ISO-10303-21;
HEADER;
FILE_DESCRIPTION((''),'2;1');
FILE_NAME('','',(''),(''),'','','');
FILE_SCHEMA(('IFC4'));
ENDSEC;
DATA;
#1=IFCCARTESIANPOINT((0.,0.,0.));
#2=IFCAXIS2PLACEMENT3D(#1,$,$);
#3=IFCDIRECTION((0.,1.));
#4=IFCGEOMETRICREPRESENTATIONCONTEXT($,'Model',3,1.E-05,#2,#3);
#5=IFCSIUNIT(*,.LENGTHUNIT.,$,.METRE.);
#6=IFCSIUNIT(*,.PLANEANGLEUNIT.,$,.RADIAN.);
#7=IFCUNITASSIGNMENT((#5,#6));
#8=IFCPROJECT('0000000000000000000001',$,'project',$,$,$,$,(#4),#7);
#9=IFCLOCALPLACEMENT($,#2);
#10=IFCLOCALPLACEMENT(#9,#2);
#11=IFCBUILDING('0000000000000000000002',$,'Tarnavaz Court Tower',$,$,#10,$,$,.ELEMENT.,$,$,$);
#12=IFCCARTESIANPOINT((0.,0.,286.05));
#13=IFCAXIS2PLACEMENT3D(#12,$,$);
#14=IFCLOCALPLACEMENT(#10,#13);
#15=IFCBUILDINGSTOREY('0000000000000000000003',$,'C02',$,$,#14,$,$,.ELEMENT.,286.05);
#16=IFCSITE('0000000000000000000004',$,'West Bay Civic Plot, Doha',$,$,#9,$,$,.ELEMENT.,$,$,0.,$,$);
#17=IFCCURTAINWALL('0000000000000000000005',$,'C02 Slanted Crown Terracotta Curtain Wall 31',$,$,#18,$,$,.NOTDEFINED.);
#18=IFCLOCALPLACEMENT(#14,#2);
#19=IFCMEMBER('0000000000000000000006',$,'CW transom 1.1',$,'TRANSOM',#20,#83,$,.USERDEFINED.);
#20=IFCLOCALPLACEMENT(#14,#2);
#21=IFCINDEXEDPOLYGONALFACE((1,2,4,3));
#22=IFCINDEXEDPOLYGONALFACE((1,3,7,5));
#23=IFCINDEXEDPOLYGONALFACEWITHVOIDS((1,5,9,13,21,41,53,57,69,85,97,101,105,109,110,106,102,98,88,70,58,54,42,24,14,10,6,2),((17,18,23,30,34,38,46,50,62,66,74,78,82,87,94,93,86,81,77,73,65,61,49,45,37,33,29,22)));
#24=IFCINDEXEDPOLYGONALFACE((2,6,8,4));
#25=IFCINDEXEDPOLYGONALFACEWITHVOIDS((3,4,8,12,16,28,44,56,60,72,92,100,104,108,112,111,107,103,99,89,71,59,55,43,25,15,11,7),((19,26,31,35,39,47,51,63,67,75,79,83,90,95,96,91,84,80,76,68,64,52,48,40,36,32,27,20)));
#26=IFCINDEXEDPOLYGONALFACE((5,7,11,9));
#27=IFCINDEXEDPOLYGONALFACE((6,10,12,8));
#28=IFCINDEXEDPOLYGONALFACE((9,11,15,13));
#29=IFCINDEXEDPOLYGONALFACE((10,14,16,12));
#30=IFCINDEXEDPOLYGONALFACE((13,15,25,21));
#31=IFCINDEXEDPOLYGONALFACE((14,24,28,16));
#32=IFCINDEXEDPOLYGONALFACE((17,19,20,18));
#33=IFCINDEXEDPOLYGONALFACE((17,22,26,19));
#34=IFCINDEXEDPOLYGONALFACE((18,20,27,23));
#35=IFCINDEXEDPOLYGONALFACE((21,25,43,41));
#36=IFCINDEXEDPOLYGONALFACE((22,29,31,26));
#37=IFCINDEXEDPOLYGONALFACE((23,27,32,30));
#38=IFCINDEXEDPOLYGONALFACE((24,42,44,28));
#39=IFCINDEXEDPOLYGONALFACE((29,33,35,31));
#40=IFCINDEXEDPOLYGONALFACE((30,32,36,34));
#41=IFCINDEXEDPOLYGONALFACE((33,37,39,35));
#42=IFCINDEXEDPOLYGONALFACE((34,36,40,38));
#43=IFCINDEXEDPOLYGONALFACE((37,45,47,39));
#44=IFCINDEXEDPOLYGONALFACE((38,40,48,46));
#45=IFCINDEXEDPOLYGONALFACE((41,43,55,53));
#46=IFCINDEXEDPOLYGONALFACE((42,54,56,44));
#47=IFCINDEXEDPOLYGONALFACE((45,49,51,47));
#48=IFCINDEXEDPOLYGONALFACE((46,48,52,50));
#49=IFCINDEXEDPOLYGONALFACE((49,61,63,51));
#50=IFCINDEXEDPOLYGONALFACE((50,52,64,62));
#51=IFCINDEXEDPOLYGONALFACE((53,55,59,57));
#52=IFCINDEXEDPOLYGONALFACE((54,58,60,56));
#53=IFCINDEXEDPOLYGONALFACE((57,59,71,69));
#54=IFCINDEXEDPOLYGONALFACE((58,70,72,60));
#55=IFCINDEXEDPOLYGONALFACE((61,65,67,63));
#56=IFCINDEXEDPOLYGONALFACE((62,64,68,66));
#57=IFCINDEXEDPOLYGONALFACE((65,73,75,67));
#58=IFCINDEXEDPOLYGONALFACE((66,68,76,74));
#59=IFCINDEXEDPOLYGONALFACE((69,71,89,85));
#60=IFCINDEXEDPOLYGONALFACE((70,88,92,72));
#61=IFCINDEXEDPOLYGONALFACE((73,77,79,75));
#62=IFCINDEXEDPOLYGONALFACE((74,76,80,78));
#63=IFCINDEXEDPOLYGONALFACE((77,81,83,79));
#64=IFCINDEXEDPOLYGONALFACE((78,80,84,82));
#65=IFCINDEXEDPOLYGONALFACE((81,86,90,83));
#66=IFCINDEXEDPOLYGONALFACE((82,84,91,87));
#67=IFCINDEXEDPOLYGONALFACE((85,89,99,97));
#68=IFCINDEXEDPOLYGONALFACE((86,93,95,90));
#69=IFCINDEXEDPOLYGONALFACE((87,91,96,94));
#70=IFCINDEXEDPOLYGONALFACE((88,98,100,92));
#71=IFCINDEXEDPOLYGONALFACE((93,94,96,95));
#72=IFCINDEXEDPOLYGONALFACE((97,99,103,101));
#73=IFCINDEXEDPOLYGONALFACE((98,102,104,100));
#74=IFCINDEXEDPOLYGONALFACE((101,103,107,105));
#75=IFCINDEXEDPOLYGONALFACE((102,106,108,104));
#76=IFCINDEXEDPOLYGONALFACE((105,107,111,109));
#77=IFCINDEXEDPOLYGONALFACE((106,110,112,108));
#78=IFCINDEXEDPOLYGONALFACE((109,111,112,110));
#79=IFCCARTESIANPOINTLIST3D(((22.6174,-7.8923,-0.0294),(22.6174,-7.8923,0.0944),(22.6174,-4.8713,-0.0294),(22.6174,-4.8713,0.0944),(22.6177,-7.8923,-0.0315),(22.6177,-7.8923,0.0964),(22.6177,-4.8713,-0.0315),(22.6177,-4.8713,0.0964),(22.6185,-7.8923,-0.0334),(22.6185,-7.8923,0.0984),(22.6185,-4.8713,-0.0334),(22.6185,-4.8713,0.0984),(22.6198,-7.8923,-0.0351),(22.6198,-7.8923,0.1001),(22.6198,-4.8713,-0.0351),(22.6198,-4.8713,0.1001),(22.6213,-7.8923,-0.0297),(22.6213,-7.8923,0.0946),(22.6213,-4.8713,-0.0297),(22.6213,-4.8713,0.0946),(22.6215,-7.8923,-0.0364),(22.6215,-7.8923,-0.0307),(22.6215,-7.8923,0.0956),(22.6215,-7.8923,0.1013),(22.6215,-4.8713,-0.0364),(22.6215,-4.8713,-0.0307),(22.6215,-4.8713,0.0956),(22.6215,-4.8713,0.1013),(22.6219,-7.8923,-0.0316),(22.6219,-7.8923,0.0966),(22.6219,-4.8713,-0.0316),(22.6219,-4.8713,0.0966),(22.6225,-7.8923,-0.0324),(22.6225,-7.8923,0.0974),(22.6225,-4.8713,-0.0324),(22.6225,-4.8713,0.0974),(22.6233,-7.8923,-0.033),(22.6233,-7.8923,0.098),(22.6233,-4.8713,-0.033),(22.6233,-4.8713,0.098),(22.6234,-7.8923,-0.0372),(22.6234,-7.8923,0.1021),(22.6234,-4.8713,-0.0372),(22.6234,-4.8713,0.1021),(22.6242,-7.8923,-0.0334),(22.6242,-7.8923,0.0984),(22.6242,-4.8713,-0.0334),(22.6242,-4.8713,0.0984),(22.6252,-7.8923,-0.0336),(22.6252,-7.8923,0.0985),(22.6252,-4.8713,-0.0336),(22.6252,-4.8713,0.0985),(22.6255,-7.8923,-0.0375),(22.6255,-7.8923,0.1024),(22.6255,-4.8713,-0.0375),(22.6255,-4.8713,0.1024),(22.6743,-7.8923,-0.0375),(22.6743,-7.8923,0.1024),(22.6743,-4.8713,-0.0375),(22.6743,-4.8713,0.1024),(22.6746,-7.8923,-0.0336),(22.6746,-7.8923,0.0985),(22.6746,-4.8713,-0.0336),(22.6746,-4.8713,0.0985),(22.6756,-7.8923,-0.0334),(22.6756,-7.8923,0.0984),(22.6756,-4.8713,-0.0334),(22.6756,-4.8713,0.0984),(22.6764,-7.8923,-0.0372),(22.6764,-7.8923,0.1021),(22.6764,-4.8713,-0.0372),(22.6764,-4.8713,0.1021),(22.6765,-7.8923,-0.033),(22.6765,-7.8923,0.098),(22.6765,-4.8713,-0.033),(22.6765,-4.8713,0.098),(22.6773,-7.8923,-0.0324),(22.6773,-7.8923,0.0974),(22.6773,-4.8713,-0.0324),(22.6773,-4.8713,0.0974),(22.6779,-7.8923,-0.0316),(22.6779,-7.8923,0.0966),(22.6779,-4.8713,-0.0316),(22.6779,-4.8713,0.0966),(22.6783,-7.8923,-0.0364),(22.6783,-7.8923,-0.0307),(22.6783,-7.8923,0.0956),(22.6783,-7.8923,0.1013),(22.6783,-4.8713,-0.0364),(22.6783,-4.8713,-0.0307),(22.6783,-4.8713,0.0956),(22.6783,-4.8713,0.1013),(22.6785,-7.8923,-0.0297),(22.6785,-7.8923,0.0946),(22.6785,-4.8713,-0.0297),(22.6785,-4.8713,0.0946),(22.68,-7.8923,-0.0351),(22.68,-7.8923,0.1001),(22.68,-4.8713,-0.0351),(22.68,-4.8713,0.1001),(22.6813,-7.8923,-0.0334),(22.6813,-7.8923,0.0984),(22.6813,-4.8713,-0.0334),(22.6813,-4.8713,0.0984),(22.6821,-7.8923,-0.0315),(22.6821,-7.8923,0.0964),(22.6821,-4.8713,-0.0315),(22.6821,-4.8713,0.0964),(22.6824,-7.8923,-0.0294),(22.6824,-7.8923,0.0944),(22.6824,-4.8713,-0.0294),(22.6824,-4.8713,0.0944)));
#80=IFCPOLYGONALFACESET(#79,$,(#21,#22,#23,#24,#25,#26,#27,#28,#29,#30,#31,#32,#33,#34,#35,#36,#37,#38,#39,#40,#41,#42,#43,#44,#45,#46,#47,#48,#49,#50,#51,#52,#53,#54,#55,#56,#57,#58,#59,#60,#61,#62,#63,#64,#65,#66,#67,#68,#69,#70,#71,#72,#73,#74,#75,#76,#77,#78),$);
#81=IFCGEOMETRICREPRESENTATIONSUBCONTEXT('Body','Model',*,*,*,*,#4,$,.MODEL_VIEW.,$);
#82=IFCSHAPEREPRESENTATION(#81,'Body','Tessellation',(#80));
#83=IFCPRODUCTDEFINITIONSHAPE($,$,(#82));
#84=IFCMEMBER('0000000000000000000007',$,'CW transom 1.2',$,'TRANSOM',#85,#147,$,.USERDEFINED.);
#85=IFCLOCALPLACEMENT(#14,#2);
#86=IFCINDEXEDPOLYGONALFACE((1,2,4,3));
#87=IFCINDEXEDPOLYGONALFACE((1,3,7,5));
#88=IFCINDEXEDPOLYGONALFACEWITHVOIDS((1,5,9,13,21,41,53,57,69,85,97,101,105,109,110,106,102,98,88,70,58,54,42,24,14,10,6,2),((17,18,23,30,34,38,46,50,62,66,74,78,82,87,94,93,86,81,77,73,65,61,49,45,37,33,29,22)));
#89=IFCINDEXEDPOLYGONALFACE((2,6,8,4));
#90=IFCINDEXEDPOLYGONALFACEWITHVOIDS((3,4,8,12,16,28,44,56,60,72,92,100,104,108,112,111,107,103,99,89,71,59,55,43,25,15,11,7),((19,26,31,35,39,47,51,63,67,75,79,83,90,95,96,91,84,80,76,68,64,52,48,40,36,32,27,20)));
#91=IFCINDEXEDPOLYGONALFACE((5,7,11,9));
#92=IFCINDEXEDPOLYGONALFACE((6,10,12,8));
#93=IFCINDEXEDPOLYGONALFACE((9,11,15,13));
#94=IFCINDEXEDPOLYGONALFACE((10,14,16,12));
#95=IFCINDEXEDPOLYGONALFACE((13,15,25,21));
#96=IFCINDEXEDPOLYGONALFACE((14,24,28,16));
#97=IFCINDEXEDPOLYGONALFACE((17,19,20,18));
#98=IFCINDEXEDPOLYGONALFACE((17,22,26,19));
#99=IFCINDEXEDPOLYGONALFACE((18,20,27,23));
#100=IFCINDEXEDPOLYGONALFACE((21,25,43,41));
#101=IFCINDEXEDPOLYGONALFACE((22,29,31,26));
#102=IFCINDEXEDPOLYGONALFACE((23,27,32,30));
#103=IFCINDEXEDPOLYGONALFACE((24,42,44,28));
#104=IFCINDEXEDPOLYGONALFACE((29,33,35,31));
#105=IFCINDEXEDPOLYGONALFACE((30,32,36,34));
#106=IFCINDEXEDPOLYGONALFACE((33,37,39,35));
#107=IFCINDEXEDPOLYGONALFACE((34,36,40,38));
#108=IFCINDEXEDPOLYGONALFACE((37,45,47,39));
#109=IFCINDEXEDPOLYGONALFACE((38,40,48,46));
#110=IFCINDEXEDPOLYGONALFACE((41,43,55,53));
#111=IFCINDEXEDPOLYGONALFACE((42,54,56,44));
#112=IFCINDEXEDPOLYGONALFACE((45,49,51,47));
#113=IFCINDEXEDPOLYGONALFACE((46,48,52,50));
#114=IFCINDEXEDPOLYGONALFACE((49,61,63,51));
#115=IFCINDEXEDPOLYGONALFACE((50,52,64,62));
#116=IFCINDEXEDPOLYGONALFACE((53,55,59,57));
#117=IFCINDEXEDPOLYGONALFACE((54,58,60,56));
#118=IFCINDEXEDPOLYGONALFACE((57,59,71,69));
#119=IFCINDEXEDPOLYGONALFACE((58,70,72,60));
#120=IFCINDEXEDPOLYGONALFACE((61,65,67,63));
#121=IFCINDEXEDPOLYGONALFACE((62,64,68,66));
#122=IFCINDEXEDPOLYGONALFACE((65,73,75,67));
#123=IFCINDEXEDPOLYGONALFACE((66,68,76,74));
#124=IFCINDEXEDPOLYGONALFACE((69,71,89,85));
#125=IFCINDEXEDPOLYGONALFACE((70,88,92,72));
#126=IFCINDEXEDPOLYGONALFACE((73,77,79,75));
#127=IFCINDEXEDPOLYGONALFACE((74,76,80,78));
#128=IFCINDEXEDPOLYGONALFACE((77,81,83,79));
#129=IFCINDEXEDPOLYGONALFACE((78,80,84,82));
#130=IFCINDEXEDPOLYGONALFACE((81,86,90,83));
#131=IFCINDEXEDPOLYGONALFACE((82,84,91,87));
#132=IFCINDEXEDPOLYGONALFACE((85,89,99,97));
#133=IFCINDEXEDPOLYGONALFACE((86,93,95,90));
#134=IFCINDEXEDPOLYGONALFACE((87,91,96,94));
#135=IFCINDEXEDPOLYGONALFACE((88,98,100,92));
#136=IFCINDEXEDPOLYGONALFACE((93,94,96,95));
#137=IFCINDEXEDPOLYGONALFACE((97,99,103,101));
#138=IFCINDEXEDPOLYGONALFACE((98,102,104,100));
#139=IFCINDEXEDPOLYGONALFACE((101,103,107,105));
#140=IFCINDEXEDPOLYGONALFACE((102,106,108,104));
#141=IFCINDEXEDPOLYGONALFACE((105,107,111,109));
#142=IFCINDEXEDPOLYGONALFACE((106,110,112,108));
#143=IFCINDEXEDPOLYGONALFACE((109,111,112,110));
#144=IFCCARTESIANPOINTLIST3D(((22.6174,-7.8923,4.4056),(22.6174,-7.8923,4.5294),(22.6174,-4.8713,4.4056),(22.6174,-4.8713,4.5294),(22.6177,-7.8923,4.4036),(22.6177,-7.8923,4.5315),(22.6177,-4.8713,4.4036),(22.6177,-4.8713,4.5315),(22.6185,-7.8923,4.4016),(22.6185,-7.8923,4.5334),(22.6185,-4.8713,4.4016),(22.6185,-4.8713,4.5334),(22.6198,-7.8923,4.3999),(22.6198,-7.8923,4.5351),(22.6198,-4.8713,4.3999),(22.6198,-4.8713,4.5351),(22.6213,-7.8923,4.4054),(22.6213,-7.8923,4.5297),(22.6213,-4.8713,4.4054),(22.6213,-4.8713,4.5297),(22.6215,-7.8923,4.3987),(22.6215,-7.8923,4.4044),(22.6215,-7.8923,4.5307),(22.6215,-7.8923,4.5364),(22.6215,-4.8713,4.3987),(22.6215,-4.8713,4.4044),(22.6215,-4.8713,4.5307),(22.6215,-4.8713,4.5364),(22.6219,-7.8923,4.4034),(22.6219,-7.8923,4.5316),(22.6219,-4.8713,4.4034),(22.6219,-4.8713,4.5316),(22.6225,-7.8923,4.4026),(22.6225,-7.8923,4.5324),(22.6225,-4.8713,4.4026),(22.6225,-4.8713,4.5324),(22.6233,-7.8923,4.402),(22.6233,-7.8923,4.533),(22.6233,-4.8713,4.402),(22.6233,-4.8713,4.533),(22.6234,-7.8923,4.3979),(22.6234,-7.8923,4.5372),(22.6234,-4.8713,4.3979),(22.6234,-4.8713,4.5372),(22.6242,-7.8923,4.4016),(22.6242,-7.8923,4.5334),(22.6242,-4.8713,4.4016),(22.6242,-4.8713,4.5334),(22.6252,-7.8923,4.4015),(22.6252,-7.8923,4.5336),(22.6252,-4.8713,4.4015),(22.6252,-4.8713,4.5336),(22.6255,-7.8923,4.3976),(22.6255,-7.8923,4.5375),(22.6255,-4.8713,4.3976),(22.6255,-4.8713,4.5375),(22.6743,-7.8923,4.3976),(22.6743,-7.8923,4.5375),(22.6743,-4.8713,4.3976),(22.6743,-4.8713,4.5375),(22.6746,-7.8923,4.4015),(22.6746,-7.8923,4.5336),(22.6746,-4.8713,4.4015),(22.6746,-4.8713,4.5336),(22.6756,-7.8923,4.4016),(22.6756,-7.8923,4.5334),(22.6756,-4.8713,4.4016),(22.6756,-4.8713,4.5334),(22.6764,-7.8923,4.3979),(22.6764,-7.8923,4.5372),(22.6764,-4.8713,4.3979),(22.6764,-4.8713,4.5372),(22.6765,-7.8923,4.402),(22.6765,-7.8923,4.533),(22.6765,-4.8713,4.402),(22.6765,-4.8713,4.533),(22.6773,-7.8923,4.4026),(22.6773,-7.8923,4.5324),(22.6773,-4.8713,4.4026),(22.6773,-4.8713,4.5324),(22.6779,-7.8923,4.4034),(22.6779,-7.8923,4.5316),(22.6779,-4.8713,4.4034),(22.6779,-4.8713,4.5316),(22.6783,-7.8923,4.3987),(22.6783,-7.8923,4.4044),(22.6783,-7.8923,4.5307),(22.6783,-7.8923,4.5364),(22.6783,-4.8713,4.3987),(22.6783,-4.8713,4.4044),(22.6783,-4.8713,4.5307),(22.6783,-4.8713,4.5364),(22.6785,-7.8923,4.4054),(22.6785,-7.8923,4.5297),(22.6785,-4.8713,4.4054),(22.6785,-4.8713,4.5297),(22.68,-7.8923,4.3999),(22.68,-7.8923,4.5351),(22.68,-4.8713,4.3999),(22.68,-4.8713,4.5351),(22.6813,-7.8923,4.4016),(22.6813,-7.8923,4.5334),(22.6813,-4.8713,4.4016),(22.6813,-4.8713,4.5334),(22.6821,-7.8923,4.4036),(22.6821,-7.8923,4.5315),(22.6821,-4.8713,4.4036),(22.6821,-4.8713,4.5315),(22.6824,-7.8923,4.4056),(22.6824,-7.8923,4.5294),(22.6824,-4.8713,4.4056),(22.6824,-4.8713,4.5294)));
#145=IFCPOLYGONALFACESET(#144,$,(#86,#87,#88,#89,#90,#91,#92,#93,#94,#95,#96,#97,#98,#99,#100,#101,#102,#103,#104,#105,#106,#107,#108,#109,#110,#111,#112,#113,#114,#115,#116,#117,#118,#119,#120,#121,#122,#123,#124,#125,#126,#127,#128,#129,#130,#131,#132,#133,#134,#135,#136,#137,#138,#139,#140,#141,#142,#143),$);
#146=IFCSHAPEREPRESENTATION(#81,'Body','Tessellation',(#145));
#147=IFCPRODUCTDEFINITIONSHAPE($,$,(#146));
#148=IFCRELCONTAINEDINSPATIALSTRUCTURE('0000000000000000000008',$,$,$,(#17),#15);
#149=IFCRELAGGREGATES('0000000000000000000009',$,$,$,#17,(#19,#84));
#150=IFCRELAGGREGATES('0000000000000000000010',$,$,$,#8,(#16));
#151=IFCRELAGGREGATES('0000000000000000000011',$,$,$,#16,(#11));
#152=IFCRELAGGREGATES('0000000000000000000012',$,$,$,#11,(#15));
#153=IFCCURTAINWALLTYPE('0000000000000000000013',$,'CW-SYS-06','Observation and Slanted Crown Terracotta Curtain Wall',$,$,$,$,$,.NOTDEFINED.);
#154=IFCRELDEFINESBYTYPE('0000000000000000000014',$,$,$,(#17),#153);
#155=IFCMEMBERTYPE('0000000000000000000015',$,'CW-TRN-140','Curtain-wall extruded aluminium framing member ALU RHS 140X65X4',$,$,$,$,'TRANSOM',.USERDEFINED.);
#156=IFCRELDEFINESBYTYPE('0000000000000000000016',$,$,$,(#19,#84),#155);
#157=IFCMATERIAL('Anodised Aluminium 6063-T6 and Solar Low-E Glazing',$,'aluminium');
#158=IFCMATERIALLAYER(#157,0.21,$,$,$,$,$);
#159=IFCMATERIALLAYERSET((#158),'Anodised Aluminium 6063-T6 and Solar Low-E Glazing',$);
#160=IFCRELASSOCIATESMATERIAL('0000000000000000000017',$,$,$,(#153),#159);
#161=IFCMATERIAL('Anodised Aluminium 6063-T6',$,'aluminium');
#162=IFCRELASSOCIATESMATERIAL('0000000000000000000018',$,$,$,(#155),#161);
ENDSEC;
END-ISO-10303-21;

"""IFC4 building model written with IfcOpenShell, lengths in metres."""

from ifc_helpers import new_model, si_unit, direction, frame, origin, origin_2d, place, context, subcontext, project, spatial, hollow_rectangle, extrude, material, layer, layer_set, material_profile, profile_set, type_object, element, aggregate, save


model = new_model("IFC4")

# Units and contexts
model_context = context("Model", 3, precision=1e-05, world=origin(), true_north=direction((0.0, 1.0)))
body_context = subcontext(model_context, "Body", "Model", "MODEL_VIEW")
ifc_project = project(units=[si_unit("LENGTHUNIT", "METRE"), si_unit("PLANEANGLEUNIT", "RADIAN")], contexts=[model_context])

# Site, building, storey
site_placement = place(None, origin())
site = spatial("IfcSite", under=ifc_project, at=site_placement, Name="West Bay Civic Plot, Doha", CompositionType="ELEMENT", RefElevation=0.0)
building_placement = place(site_placement, origin())
building = spatial("IfcBuilding", under=site, at=building_placement, Name="Tarnavaz Court Tower", CompositionType="ELEMENT")
storey_placement = place(building_placement, frame((0.0, 0.0, 286.05)))
storey = spatial("IfcBuildingStorey", under=building, at=storey_placement, Name="C02", CompositionType="ELEMENT", Elevation=286.05)

# Shared definitions
ifc_material_1 = material(Name="Anodised Aluminium 6063-T6 and Solar Low-E Glazing", Category="aluminium")
ifc_layer_1 = layer(ifc_material_1, 0.21)
ifc_layer_set_1 = layer_set([ifc_layer_1], Name="Anodised Aluminium 6063-T6 and Solar Low-E Glazing")
curtain_wall_type = type_object("IfcCurtainWallType", Name="CW-SYS-06", Description="Observation and Slanted Crown Terracotta Curtain Wall", PredefinedType="NOTDEFINED", material=ifc_layer_set_1)
ifc_material_2 = material(Name="Anodised Aluminium 6063-T6", Category="aluminium")

# Curtain wall
curtain_wall_1_placement = place(storey_placement, origin())
curtain_wall_1 = element("IfcCurtainWall", 1, at=curtain_wall_1_placement, inside=storey, type_object=curtain_wall_type, Name="C02 Slanted Crown Terracotta Curtain Wall 31", PredefinedType="NOTDEFINED")

# Members
ifc_material_profile_1 = material_profile(ifc_material_2, hollow_rectangle(XDim=0.0649, YDim=0.1399, WallThickness=0.0039, InnerFilletRadius=0.0039, OuterFilletRadius=0.0081, at=origin_2d()), Name="ALU RHS 140X65X4")
ifc_profile_set_1 = profile_set([ifc_material_profile_1], Name="Anodised Aluminium 6063-T6")
member_type_1 = type_object("IfcMemberType", Name="CW-TRN-140", Description="Curtain-wall extruded aluminium framing member ALU RHS 140X65X4", ElementType="TRANSOM", PredefinedType="USERDEFINED", material=ifc_profile_set_1)
member_1_placement = place(storey_placement, frame((22.6499, -4.8713, 0.0325), z_axis=(0.0, -1.0, 0.0), x_axis=(1.0, 0.0, 0.0)))
member_1 = element("IfcMember", 2, at=member_1_placement, type_object=member_type_1, Name="CW transom 1.1", ObjectType="TRANSOM", PredefinedType="USERDEFINED", context=body_context, shape_type="SweptSolid", body=[
    extrude(hollow_rectangle(XDim=0.0649, YDim=0.1399, WallThickness=0.0039, InnerFilletRadius=0.0039, OuterFilletRadius=0.0081, at=origin_2d()), origin(), (0.0, 0.0, 1.0), 3.021),
])
member_2_placement = place(storey_placement, frame((22.6499, -4.8713, 4.4675), z_axis=(0.0, -1.0, 0.0), x_axis=(1.0, 0.0, 0.0)))
member_2 = element("IfcMember", 3, at=member_2_placement, type_object=member_type_1, Name="CW transom 1.2", ObjectType="TRANSOM", PredefinedType="USERDEFINED", context=body_context, shape_type="SweptSolid", body=[
    extrude(hollow_rectangle(XDim=0.0649, YDim=0.1399, WallThickness=0.0039, InnerFilletRadius=0.0039, OuterFilletRadius=0.0081, at=origin_2d()), origin(), (0.0, 0.0, 1.0), 3.021),
])

aggregate(curtain_wall_1, [member_1, member_2])

save(model, "model.ifc")
